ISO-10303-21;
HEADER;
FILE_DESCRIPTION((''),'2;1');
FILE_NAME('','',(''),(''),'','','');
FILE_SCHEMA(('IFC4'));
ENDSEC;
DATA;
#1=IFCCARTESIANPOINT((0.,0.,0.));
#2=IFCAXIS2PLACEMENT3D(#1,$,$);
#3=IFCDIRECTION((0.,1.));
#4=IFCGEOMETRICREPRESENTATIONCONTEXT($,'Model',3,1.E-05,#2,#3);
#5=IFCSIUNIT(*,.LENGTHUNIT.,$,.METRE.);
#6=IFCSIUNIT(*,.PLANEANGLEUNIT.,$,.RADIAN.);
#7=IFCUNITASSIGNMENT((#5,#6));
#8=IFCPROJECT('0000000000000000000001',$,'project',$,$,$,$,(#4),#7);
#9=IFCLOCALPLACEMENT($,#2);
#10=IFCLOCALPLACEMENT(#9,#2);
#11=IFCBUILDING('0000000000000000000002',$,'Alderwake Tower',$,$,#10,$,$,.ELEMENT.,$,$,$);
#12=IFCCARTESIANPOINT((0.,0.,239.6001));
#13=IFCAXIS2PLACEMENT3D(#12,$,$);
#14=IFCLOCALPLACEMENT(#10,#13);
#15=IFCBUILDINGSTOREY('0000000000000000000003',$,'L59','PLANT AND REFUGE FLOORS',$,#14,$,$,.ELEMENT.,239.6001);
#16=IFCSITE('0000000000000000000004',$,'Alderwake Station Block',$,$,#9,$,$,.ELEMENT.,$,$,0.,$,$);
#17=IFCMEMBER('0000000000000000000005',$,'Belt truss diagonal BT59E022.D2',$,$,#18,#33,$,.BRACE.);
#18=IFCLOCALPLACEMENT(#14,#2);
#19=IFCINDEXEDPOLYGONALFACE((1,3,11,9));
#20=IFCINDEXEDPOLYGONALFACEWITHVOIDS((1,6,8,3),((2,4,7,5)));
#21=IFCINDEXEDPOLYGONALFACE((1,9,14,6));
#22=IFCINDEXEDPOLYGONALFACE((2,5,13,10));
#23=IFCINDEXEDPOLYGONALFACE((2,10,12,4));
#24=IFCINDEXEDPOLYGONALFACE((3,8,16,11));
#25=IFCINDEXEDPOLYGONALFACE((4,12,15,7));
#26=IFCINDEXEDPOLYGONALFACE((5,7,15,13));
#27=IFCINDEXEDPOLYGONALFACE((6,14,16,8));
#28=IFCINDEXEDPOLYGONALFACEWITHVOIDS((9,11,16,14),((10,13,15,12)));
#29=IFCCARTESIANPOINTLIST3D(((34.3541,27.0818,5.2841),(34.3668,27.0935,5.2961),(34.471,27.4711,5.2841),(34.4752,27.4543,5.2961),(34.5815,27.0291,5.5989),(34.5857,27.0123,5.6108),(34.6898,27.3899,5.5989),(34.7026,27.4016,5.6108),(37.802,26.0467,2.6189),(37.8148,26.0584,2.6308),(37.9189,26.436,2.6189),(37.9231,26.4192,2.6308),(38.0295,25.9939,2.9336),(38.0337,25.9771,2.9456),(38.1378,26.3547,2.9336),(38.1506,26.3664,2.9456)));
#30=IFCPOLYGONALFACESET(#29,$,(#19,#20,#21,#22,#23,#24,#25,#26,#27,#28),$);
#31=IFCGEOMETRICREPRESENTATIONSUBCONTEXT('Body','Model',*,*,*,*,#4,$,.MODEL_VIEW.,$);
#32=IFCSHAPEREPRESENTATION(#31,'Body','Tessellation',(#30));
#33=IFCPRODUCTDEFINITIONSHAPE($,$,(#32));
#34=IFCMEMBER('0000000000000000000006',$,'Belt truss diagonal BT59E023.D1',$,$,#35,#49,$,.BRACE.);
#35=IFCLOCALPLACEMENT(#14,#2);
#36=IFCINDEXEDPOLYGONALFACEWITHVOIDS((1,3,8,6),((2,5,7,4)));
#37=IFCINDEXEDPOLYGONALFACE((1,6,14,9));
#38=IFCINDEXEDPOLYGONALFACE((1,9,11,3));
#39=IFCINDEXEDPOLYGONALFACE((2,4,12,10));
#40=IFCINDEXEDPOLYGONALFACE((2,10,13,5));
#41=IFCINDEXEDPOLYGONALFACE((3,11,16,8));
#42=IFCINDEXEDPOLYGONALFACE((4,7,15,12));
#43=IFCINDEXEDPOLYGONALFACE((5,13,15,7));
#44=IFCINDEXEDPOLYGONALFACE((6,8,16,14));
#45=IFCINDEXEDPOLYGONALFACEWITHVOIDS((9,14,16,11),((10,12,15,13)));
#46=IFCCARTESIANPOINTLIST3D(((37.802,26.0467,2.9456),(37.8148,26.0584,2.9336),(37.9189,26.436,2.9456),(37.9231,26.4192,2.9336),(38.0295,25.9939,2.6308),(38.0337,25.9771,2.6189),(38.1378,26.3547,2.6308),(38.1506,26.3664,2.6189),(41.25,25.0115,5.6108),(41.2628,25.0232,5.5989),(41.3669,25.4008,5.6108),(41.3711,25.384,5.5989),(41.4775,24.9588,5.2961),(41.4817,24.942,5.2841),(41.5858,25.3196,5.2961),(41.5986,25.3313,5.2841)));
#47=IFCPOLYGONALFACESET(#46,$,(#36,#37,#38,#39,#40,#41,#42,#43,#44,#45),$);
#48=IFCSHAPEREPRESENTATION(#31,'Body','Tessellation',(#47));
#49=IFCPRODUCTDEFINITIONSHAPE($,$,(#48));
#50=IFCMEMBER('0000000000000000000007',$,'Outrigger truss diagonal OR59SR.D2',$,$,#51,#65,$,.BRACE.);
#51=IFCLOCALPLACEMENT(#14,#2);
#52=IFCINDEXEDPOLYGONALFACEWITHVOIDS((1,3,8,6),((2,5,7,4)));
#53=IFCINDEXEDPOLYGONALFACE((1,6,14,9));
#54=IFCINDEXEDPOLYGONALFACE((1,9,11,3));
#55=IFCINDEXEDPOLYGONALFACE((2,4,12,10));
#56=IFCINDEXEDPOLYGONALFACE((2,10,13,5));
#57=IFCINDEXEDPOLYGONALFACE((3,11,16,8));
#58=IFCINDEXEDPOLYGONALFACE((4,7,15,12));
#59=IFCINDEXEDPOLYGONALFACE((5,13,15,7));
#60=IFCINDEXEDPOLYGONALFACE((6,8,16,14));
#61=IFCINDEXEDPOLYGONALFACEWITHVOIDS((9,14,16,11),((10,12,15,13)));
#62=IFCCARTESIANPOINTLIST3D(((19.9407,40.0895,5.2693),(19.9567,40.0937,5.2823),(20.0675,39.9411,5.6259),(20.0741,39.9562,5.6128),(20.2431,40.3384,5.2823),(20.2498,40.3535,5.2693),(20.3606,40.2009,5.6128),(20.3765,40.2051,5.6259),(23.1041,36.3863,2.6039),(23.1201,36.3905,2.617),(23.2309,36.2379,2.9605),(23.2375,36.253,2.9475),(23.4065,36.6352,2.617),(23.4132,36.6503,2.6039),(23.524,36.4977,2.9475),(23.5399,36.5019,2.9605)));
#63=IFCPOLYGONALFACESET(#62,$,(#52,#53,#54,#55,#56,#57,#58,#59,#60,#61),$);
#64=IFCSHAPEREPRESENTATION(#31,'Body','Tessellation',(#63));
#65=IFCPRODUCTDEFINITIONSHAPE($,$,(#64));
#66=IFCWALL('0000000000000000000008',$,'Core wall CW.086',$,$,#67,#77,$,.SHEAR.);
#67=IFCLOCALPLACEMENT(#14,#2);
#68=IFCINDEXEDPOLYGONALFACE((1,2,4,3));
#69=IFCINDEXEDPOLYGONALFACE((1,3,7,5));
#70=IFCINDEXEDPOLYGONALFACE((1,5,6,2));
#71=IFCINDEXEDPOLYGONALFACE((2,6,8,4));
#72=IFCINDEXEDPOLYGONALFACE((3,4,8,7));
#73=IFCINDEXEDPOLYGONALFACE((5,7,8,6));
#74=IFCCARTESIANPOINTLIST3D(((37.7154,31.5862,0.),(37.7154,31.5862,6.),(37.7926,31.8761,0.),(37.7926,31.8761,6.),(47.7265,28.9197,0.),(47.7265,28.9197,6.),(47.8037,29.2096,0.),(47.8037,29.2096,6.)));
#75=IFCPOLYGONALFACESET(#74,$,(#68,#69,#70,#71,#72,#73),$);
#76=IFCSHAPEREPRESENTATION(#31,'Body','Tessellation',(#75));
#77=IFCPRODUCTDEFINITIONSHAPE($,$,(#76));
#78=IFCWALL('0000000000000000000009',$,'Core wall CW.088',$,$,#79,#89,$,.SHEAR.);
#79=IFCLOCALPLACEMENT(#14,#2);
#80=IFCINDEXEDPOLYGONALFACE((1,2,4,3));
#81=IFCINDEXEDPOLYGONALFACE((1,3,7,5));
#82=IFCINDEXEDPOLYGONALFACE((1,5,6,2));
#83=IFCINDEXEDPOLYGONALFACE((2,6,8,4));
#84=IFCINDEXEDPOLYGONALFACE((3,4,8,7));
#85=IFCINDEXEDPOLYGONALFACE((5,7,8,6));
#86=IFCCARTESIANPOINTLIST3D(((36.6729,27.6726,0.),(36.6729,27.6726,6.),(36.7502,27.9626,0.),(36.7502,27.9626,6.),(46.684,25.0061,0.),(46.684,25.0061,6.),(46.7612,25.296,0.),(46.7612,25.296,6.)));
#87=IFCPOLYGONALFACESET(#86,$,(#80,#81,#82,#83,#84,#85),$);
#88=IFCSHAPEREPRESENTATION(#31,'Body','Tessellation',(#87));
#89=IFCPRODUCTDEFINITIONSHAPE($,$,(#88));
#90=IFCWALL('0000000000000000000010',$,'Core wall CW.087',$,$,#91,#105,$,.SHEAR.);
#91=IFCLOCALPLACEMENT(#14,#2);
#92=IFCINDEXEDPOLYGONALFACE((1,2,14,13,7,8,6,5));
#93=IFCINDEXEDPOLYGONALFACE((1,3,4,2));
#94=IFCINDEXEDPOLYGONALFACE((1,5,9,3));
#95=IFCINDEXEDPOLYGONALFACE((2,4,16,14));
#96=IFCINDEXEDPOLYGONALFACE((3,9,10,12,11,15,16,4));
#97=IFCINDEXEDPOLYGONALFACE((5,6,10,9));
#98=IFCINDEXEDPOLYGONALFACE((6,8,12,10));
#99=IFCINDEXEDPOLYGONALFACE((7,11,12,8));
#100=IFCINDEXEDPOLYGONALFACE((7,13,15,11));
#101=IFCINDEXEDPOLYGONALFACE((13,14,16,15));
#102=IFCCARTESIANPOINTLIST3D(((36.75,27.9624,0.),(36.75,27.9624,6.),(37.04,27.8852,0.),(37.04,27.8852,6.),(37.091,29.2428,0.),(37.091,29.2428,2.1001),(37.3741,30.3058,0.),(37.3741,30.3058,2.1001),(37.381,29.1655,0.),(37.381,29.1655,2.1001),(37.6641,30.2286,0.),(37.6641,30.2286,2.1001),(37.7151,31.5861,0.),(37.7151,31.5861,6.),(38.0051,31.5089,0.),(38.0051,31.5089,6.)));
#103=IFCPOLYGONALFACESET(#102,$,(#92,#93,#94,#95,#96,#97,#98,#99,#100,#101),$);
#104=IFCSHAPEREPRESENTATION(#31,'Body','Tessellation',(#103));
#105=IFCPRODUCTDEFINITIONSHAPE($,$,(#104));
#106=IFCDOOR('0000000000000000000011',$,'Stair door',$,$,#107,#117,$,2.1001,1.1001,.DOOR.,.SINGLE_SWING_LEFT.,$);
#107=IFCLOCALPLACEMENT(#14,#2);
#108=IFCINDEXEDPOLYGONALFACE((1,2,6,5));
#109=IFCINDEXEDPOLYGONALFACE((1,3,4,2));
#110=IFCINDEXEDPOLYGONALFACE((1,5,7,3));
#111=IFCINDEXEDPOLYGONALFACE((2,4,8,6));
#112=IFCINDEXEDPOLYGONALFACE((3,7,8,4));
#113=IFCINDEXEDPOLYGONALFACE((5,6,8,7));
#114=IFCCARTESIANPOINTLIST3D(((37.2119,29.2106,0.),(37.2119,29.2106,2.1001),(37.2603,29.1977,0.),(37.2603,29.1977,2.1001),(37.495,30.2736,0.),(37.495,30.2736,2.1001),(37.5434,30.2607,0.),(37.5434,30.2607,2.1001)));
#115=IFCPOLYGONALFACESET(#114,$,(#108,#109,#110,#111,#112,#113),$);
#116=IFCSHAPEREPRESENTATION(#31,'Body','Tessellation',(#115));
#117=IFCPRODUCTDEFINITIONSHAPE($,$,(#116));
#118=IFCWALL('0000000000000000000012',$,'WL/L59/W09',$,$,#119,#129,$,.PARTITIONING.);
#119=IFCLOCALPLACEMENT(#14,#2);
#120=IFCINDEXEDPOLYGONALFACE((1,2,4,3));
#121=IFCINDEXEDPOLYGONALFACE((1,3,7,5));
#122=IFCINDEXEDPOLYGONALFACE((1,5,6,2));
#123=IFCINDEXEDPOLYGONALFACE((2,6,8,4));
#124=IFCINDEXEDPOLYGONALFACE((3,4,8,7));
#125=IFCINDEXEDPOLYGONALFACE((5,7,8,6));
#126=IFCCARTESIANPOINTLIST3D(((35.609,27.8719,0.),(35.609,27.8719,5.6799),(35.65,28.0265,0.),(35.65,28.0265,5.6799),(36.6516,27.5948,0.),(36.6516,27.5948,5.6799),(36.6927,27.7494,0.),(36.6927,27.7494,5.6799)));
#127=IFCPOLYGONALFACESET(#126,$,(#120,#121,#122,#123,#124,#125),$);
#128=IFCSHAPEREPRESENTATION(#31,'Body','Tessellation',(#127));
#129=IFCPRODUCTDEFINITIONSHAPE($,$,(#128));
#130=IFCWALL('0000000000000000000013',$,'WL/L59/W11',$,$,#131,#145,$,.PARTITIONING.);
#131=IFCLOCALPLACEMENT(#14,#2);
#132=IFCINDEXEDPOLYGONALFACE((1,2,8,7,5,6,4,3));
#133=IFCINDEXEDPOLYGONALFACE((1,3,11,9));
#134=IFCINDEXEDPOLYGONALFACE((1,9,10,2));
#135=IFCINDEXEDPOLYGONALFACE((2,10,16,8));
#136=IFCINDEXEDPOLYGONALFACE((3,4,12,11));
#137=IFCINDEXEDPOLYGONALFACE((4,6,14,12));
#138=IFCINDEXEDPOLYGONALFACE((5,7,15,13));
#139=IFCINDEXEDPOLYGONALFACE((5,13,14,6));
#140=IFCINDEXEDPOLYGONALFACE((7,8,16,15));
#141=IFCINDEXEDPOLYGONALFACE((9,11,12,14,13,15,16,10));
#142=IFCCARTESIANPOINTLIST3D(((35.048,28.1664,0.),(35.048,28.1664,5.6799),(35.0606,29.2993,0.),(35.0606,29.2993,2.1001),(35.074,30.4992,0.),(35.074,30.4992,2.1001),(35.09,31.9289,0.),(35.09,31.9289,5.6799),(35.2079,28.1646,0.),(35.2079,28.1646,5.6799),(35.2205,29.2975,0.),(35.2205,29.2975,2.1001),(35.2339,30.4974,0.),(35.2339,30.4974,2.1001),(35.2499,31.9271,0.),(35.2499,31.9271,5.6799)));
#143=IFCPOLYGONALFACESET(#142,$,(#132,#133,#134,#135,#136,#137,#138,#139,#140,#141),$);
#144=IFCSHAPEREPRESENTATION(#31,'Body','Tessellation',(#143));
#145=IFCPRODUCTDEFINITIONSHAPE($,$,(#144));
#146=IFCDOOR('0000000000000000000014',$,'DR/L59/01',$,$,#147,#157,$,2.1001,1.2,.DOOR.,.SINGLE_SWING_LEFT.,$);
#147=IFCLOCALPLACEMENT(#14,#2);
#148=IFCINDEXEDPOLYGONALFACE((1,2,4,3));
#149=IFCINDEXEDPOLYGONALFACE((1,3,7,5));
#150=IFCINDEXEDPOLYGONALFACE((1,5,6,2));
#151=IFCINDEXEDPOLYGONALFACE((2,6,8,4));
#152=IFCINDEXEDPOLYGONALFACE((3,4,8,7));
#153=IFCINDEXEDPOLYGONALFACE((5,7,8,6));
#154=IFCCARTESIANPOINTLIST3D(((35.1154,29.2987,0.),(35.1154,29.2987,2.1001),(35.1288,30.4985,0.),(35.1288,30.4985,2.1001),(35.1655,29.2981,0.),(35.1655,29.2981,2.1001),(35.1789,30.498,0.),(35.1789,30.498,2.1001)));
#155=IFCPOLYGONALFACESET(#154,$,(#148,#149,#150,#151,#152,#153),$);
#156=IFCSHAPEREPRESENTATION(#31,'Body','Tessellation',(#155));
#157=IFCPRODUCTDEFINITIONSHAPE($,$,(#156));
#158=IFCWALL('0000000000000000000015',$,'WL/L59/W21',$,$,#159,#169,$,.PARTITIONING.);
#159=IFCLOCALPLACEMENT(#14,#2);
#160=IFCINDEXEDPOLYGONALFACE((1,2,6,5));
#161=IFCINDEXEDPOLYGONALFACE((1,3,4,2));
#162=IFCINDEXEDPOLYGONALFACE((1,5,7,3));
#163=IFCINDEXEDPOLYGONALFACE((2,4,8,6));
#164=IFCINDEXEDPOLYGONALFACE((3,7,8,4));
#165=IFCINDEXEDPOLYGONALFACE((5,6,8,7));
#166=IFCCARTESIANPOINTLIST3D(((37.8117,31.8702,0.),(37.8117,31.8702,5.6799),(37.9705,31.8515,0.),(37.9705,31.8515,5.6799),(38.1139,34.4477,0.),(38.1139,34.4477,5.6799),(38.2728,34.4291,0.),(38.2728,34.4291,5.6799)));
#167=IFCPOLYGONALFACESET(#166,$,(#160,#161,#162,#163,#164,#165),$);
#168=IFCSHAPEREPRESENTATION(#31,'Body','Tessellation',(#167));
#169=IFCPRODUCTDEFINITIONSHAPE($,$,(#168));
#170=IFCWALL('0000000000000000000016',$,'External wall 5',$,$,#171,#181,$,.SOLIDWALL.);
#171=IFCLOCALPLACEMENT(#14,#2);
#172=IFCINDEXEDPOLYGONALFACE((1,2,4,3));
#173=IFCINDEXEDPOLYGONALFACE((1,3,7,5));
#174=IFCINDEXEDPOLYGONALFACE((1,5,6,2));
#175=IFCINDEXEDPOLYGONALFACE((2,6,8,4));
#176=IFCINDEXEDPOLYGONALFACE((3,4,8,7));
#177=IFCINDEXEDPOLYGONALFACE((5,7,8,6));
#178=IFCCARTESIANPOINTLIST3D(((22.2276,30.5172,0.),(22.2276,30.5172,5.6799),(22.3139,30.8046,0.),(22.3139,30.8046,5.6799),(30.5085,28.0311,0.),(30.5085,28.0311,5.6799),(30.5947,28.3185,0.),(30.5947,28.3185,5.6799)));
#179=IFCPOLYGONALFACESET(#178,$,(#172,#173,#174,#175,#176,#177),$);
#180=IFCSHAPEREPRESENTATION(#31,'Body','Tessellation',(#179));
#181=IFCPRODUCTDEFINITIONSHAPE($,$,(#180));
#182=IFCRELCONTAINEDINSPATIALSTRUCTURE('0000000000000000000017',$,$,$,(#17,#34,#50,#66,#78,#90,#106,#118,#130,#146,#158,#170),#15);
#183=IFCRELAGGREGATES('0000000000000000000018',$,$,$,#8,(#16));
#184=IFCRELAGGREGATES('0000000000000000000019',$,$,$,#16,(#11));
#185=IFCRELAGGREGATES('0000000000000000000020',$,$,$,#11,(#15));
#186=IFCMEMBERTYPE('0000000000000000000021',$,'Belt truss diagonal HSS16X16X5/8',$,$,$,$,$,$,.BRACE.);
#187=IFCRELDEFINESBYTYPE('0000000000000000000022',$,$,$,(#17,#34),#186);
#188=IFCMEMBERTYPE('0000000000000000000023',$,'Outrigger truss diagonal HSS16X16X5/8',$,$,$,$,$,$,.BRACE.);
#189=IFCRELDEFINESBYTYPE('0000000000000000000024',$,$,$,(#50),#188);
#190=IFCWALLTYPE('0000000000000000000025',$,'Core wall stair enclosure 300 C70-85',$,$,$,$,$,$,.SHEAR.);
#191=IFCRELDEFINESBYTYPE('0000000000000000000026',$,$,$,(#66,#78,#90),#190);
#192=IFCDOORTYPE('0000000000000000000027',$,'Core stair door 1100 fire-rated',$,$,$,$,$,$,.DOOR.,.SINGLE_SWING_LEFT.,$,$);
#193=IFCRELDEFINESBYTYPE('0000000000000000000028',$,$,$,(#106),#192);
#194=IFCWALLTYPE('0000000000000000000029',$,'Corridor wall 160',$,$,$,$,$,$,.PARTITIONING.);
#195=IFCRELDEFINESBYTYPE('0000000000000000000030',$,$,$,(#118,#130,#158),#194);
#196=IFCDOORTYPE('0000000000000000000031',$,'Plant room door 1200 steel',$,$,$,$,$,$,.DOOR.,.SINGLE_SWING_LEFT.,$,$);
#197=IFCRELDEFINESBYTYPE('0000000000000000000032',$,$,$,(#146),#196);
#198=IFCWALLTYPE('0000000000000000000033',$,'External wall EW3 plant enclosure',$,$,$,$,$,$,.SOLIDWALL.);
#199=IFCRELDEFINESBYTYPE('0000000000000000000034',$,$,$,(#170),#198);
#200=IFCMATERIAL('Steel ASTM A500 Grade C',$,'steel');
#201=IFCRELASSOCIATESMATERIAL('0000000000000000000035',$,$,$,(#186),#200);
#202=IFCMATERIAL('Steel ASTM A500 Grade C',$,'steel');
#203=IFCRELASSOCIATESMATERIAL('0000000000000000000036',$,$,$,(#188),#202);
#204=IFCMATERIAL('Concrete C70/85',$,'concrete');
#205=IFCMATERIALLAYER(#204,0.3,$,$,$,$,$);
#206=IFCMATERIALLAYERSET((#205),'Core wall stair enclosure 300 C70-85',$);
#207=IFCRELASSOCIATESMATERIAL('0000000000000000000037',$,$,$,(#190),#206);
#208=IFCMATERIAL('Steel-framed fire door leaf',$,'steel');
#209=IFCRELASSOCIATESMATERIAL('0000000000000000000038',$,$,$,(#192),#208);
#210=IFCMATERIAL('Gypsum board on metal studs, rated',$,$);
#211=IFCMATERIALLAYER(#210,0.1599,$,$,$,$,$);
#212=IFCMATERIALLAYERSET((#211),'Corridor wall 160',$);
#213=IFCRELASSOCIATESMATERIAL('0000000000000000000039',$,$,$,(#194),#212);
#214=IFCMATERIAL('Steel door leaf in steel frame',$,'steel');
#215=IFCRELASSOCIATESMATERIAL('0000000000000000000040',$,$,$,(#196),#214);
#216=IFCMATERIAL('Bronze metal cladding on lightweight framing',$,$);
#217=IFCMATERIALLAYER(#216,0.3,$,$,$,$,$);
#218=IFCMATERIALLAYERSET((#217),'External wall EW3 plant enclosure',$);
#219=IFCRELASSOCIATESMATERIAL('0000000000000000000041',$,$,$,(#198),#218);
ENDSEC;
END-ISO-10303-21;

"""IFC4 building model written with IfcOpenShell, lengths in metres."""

from ifc_helpers import new_model, si_unit, direction, frame, frame_2d, origin, origin_2d, place, context, subcontext, project, spatial, rectangle, hollow_rectangle, extrude, material, layer, layer_set, material_profile, profile_set, type_object, element, fill, save


model = new_model("IFC4")

# Units and contexts
model_context = context("Model", 3, precision=1e-05, world=origin(), true_north=direction((0.0, 1.0)))
body_context = subcontext(model_context, "Body", "Model", "MODEL_VIEW")
ifc_project = project(units=[si_unit("LENGTHUNIT", "METRE"), si_unit("PLANEANGLEUNIT", "RADIAN")], contexts=[model_context])

# Site, building, storey
site_placement = place(None, origin())
site = spatial("IfcSite", under=ifc_project, at=site_placement, Name="Alderwake Station Block", CompositionType="ELEMENT", RefElevation=0.0)
building_placement = place(site_placement, origin())
building = spatial("IfcBuilding", under=site, at=building_placement, Name="Alderwake Tower", CompositionType="ELEMENT")
storey_placement = place(building_placement, frame((0.0, 0.0, 239.6001)))
storey = spatial("IfcBuildingStorey", under=building, at=storey_placement, Name="L59", Description="PLANT AND REFUGE FLOORS", CompositionType="ELEMENT", Elevation=239.6001)

# Members
ifc_material_1 = material(Name="Steel ASTM A500 Grade C", Category="steel")
ifc_material_profile_1 = material_profile(ifc_material_1, hollow_rectangle(XDim=0.4065, YDim=0.4065, WallThickness=0.0149, at=origin_2d()), Name="HSS16X16X5/8")
ifc_profile_set_1 = profile_set([ifc_material_profile_1], Name="Steel ASTM A500 Grade C")
member_type_1 = type_object("IfcMemberType", Name="Belt truss diagonal HSS16X16X5/8", PredefinedType="BRACE", material=ifc_profile_set_1)
for number, where, z_axis, x_axis, name in (
    (1, (37.9763, 26.2065, 2.7822), (-0.769766, 0.231099, 0.595025), (-0.287541, -0.957768, 0.0), "Belt truss diagonal BT59E022.D2"),
    (2, (37.9763, 26.2065, 2.7822), (0.769766, -0.231099, 0.595025), (0.287541, 0.957768, 0.0), "Belt truss diagonal BT59E023.D1"),
):
    element("IfcMember", number, at=place(storey_placement, frame(where, z_axis=z_axis, x_axis=x_axis)), inside=storey, type_object=member_type_1, Name=name, PredefinedType="BRACE", context=body_context, shape_type="SweptSolid", body=[
        extrude(hollow_rectangle(XDim=0.4065, YDim=0.4065, WallThickness=0.0149, at=origin_2d()), origin(), (0.0, 0.0, 1.0), 4.4792),
    ])
ifc_material_2 = material(Name="Steel ASTM A500 Grade C", Category="steel")
ifc_material_profile_2 = material_profile(ifc_material_2, hollow_rectangle(XDim=0.4065, YDim=0.4065, WallThickness=0.0149, at=origin_2d()), Name="HSS16X16X5/8")
ifc_profile_set_2 = profile_set([ifc_material_profile_2], Name="Steel ASTM A500 Grade C")
member_type_2 = type_object("IfcMemberType", Name="Outrigger truss diagonal HSS16X16X5/8", PredefinedType="BRACE", material=ifc_profile_set_2)
member_placement = place(storey_placement, frame((23.322, 36.4441, 2.7822), z_axis=(-0.569775, 0.667002, 0.480067), x_axis=(-0.760349, -0.649515, 0.0)))
element("IfcMember", 3, at=member_placement, inside=storey, type_object=member_type_2, Name="Outrigger truss diagonal OR59SR.D2", PredefinedType="BRACE", context=body_context, shape_type="SweptSolid", body=[
    extrude(hollow_rectangle(XDim=0.4065, YDim=0.4065, WallThickness=0.0149, at=origin_2d()), origin(), (0.0, 0.0, 1.0), 5.552),
])

# Walls
ifc_material_3 = material(Name="Concrete C70/85", Category="concrete")
ifc_layer_1 = layer(ifc_material_3, 0.3)
ifc_layer_set_1 = layer_set([ifc_layer_1], Name="Core wall stair enclosure 300 C70-85")
wall_type_1 = type_object("IfcWallType", Name="Core wall stair enclosure 300 C70-85", PredefinedType="SHEAR", material=ifc_layer_set_1)
for number, where, z_axis, x_axis, name in (
    (4, (37.7539, 31.7312, 0.0), (0.0, 0.0, 1.0), (0.966309, -0.257384, 0.0), "Core wall CW.086"),
    (5, (36.7114, 27.8176, 0.0), (0.0, 0.0, 1.0), (0.966309, -0.257384, 0.0), "Core wall CW.088"),
):
    element("IfcWall", number, at=place(storey_placement, frame(where, z_axis=z_axis, x_axis=x_axis)), inside=storey, type_object=wall_type_1, Name=name, PredefinedType="SHEAR", context=body_context, shape_type="SweptSolid", body=[
        extrude(rectangle(XDim=10.3601, YDim=0.3, at=frame_2d((5.1802, 0.0))), origin(), (0.0, 0.0, 1.0), 6.0),
    ])

# Wall, opening, door
wall_1_placement = place(storey_placement, frame((36.895, 27.9238, 0.0), z_axis=(0.0, 0.0, 1.0), x_axis=(0.257351, 0.966318, 0.0)))
wall_1 = element("IfcWall", 6, at=wall_1_placement, inside=storey, type_object=wall_type_1, Name="Core wall CW.087", PredefinedType="SHEAR", context=body_context, shape_type="SweptSolid", body=[
    extrude(rectangle(XDim=3.75, YDim=0.3, at=frame_2d((1.875, 0.0))), origin(), (0.0, 0.0, 1.0), 6.0),
])
opening_1_placement = place(wall_1_placement, frame((1.325, 0.0, 0.0)))
opening_1 = element("IfcOpeningElement", 7, at=opening_1_placement, cuts=wall_1, PredefinedType="OPENING", context=body_context, shape_type="SweptSolid", body=[
    extrude(rectangle(XDim=1.1001, YDim=2.1001, at=frame_2d((0.55, 1.05))), frame((0.0, 0.1599, 0.0), z_axis=(0.0, -1.0, 0.0), x_axis=(1.0, 0.0, 0.0)), (0.0, 0.0, 1.0), 0.3201),
])
ifc_material_4 = material(Name="Steel-framed fire door leaf", Category="steel")
door_type_1 = type_object("IfcDoorType", Name="Core stair door 1100 fire-rated", OperationType="SINGLE_SWING_LEFT", PredefinedType="DOOR", material=ifc_material_4)
door_1_placement = place(opening_1_placement, origin())
door_1 = element("IfcDoor", 8, at=door_1_placement, inside=storey, type_object=door_type_1, Name="Stair door", OperationType="SINGLE_SWING_LEFT", OverallHeight=2.1001, OverallWidth=1.1001, PredefinedType="DOOR", context=body_context, shape_type="SweptSolid", body=[
    extrude(rectangle(XDim=1.1001, YDim=2.1001, at=frame_2d((0.55, 1.05))), frame((0.0, 0.0249, 0.0), z_axis=(0.0, -1.0, 0.0), x_axis=(1.0, 0.0, 0.0)), (0.0, 0.0, 1.0), 0.05),
])
fill(opening_1, door_1)

# Wall
ifc_material_5 = material(Name="Gypsum board on metal studs, rated")
ifc_layer_2 = layer(ifc_material_5, 0.1599)
ifc_layer_set_2 = layer_set([ifc_layer_2], Name="Corridor wall 160")
wall_type_2 = type_object("IfcWallType", Name="Corridor wall 160", PredefinedType="PARTITIONING", material=ifc_layer_set_2)
wall_2_placement = place(storey_placement, frame((35.6294, 27.9492, 0.0), z_axis=(0.0, 0.0, 1.0), x_axis=(0.966456, -0.256832, 0.0)))
element("IfcWall", 9, at=wall_2_placement, inside=storey, type_object=wall_type_2, Name="WL/L59/W09", PredefinedType="PARTITIONING", context=body_context, shape_type="SweptSolid", body=[
    extrude(rectangle(XDim=1.0789, YDim=0.1599, at=frame_2d((0.5396, 0.0))), origin(), (0.0, 0.0, 1.0), 5.6799),
])

# Wall, opening, door
wall_3_placement = place(storey_placement, frame((35.1699, 31.928, 0.0), z_axis=(0.0, 0.0, 1.0), x_axis=(-0.01116, -0.999938, 0.0)))
wall_3 = element("IfcWall", 10, at=wall_3_placement, inside=storey, type_object=wall_type_2, Name="WL/L59/W11", PredefinedType="PARTITIONING", context=body_context, shape_type="SweptSolid", body=[
    extrude(rectangle(XDim=3.7627, YDim=0.1599, at=frame_2d((1.8813, 0.0))), origin(), (0.0, 0.0, 1.0), 5.6799),
])
opening_2_placement = place(wall_3_placement, frame((1.4297, 0.0, 0.0)))
opening_2 = element("IfcOpeningElement", 11, at=opening_2_placement, cuts=wall_3, PredefinedType="OPENING", context=body_context, shape_type="SweptSolid", body=[
    extrude(rectangle(XDim=1.2, YDim=2.1001, at=frame_2d((0.6001, 1.05))), frame((0.0, 0.0898, 0.0), z_axis=(0.0, -1.0, 0.0), x_axis=(1.0, 0.0, 0.0)), (0.0, 0.0, 1.0), 0.1799),
])
ifc_material_6 = material(Name="Steel door leaf in steel frame", Category="steel")
door_type_2 = type_object("IfcDoorType", Name="Plant room door 1200 steel", OperationType="SINGLE_SWING_LEFT", PredefinedType="DOOR", material=ifc_material_6)
door_2_placement = place(opening_2_placement, origin())
door_2 = element("IfcDoor", 12, at=door_2_placement, inside=storey, type_object=door_type_2, Name="DR/L59/01", OperationType="SINGLE_SWING_LEFT", OverallHeight=2.1001, OverallWidth=1.2, PredefinedType="DOOR", context=body_context, shape_type="SweptSolid", body=[
    extrude(rectangle(XDim=1.2, YDim=2.1001, at=frame_2d((0.6001, 1.05))), frame((0.0, 0.0249, 0.0), z_axis=(0.0, -1.0, 0.0), x_axis=(1.0, 0.0, 0.0)), (0.0, 0.0, 1.0), 0.05),
])
fill(opening_2, door_2)

# Walls
wall_4_placement = place(storey_placement, frame((37.8911, 31.8608, 0.0), z_axis=(0.0, 0.0, 1.0), x_axis=(0.116459, 0.993195, 0.0)))
element("IfcWall", 13, at=wall_4_placement, inside=storey, type_object=wall_type_2, Name="WL/L59/W21", PredefinedType="PARTITIONING", context=body_context, shape_type="SweptSolid", body=[
    extrude(rectangle(XDim=2.5952, YDim=0.1599, at=frame_2d((1.2976, 0.0))), origin(), (0.0, 0.0, 1.0), 5.6799),
])
ifc_material_7 = material(Name="Bronze metal cladding on lightweight framing")
ifc_layer_3 = layer(ifc_material_7, 0.3)
ifc_layer_set_3 = layer_set([ifc_layer_3], Name="External wall EW3 plant enclosure")
wall_type_3 = type_object("IfcWallType", Name="External wall EW3 plant enclosure", PredefinedType="SOLIDWALL", material=ifc_layer_set_3)
wall_5_placement = place(storey_placement, frame((22.2708, 30.6609, 0.0), z_axis=(0.0, 0.0, 1.0), x_axis=(0.957767, -0.287545, 0.0)))
element("IfcWall", 14, at=wall_5_placement, inside=storey, type_object=wall_type_3, Name="External wall 5", PredefinedType="SOLIDWALL", context=body_context, shape_type="SweptSolid", body=[
    extrude(rectangle(XDim=8.646, YDim=0.3, at=frame_2d((4.323, 0.0))), origin(), (0.0, 0.0, 1.0), 5.6799),
])

save(model, "model.ifc")
